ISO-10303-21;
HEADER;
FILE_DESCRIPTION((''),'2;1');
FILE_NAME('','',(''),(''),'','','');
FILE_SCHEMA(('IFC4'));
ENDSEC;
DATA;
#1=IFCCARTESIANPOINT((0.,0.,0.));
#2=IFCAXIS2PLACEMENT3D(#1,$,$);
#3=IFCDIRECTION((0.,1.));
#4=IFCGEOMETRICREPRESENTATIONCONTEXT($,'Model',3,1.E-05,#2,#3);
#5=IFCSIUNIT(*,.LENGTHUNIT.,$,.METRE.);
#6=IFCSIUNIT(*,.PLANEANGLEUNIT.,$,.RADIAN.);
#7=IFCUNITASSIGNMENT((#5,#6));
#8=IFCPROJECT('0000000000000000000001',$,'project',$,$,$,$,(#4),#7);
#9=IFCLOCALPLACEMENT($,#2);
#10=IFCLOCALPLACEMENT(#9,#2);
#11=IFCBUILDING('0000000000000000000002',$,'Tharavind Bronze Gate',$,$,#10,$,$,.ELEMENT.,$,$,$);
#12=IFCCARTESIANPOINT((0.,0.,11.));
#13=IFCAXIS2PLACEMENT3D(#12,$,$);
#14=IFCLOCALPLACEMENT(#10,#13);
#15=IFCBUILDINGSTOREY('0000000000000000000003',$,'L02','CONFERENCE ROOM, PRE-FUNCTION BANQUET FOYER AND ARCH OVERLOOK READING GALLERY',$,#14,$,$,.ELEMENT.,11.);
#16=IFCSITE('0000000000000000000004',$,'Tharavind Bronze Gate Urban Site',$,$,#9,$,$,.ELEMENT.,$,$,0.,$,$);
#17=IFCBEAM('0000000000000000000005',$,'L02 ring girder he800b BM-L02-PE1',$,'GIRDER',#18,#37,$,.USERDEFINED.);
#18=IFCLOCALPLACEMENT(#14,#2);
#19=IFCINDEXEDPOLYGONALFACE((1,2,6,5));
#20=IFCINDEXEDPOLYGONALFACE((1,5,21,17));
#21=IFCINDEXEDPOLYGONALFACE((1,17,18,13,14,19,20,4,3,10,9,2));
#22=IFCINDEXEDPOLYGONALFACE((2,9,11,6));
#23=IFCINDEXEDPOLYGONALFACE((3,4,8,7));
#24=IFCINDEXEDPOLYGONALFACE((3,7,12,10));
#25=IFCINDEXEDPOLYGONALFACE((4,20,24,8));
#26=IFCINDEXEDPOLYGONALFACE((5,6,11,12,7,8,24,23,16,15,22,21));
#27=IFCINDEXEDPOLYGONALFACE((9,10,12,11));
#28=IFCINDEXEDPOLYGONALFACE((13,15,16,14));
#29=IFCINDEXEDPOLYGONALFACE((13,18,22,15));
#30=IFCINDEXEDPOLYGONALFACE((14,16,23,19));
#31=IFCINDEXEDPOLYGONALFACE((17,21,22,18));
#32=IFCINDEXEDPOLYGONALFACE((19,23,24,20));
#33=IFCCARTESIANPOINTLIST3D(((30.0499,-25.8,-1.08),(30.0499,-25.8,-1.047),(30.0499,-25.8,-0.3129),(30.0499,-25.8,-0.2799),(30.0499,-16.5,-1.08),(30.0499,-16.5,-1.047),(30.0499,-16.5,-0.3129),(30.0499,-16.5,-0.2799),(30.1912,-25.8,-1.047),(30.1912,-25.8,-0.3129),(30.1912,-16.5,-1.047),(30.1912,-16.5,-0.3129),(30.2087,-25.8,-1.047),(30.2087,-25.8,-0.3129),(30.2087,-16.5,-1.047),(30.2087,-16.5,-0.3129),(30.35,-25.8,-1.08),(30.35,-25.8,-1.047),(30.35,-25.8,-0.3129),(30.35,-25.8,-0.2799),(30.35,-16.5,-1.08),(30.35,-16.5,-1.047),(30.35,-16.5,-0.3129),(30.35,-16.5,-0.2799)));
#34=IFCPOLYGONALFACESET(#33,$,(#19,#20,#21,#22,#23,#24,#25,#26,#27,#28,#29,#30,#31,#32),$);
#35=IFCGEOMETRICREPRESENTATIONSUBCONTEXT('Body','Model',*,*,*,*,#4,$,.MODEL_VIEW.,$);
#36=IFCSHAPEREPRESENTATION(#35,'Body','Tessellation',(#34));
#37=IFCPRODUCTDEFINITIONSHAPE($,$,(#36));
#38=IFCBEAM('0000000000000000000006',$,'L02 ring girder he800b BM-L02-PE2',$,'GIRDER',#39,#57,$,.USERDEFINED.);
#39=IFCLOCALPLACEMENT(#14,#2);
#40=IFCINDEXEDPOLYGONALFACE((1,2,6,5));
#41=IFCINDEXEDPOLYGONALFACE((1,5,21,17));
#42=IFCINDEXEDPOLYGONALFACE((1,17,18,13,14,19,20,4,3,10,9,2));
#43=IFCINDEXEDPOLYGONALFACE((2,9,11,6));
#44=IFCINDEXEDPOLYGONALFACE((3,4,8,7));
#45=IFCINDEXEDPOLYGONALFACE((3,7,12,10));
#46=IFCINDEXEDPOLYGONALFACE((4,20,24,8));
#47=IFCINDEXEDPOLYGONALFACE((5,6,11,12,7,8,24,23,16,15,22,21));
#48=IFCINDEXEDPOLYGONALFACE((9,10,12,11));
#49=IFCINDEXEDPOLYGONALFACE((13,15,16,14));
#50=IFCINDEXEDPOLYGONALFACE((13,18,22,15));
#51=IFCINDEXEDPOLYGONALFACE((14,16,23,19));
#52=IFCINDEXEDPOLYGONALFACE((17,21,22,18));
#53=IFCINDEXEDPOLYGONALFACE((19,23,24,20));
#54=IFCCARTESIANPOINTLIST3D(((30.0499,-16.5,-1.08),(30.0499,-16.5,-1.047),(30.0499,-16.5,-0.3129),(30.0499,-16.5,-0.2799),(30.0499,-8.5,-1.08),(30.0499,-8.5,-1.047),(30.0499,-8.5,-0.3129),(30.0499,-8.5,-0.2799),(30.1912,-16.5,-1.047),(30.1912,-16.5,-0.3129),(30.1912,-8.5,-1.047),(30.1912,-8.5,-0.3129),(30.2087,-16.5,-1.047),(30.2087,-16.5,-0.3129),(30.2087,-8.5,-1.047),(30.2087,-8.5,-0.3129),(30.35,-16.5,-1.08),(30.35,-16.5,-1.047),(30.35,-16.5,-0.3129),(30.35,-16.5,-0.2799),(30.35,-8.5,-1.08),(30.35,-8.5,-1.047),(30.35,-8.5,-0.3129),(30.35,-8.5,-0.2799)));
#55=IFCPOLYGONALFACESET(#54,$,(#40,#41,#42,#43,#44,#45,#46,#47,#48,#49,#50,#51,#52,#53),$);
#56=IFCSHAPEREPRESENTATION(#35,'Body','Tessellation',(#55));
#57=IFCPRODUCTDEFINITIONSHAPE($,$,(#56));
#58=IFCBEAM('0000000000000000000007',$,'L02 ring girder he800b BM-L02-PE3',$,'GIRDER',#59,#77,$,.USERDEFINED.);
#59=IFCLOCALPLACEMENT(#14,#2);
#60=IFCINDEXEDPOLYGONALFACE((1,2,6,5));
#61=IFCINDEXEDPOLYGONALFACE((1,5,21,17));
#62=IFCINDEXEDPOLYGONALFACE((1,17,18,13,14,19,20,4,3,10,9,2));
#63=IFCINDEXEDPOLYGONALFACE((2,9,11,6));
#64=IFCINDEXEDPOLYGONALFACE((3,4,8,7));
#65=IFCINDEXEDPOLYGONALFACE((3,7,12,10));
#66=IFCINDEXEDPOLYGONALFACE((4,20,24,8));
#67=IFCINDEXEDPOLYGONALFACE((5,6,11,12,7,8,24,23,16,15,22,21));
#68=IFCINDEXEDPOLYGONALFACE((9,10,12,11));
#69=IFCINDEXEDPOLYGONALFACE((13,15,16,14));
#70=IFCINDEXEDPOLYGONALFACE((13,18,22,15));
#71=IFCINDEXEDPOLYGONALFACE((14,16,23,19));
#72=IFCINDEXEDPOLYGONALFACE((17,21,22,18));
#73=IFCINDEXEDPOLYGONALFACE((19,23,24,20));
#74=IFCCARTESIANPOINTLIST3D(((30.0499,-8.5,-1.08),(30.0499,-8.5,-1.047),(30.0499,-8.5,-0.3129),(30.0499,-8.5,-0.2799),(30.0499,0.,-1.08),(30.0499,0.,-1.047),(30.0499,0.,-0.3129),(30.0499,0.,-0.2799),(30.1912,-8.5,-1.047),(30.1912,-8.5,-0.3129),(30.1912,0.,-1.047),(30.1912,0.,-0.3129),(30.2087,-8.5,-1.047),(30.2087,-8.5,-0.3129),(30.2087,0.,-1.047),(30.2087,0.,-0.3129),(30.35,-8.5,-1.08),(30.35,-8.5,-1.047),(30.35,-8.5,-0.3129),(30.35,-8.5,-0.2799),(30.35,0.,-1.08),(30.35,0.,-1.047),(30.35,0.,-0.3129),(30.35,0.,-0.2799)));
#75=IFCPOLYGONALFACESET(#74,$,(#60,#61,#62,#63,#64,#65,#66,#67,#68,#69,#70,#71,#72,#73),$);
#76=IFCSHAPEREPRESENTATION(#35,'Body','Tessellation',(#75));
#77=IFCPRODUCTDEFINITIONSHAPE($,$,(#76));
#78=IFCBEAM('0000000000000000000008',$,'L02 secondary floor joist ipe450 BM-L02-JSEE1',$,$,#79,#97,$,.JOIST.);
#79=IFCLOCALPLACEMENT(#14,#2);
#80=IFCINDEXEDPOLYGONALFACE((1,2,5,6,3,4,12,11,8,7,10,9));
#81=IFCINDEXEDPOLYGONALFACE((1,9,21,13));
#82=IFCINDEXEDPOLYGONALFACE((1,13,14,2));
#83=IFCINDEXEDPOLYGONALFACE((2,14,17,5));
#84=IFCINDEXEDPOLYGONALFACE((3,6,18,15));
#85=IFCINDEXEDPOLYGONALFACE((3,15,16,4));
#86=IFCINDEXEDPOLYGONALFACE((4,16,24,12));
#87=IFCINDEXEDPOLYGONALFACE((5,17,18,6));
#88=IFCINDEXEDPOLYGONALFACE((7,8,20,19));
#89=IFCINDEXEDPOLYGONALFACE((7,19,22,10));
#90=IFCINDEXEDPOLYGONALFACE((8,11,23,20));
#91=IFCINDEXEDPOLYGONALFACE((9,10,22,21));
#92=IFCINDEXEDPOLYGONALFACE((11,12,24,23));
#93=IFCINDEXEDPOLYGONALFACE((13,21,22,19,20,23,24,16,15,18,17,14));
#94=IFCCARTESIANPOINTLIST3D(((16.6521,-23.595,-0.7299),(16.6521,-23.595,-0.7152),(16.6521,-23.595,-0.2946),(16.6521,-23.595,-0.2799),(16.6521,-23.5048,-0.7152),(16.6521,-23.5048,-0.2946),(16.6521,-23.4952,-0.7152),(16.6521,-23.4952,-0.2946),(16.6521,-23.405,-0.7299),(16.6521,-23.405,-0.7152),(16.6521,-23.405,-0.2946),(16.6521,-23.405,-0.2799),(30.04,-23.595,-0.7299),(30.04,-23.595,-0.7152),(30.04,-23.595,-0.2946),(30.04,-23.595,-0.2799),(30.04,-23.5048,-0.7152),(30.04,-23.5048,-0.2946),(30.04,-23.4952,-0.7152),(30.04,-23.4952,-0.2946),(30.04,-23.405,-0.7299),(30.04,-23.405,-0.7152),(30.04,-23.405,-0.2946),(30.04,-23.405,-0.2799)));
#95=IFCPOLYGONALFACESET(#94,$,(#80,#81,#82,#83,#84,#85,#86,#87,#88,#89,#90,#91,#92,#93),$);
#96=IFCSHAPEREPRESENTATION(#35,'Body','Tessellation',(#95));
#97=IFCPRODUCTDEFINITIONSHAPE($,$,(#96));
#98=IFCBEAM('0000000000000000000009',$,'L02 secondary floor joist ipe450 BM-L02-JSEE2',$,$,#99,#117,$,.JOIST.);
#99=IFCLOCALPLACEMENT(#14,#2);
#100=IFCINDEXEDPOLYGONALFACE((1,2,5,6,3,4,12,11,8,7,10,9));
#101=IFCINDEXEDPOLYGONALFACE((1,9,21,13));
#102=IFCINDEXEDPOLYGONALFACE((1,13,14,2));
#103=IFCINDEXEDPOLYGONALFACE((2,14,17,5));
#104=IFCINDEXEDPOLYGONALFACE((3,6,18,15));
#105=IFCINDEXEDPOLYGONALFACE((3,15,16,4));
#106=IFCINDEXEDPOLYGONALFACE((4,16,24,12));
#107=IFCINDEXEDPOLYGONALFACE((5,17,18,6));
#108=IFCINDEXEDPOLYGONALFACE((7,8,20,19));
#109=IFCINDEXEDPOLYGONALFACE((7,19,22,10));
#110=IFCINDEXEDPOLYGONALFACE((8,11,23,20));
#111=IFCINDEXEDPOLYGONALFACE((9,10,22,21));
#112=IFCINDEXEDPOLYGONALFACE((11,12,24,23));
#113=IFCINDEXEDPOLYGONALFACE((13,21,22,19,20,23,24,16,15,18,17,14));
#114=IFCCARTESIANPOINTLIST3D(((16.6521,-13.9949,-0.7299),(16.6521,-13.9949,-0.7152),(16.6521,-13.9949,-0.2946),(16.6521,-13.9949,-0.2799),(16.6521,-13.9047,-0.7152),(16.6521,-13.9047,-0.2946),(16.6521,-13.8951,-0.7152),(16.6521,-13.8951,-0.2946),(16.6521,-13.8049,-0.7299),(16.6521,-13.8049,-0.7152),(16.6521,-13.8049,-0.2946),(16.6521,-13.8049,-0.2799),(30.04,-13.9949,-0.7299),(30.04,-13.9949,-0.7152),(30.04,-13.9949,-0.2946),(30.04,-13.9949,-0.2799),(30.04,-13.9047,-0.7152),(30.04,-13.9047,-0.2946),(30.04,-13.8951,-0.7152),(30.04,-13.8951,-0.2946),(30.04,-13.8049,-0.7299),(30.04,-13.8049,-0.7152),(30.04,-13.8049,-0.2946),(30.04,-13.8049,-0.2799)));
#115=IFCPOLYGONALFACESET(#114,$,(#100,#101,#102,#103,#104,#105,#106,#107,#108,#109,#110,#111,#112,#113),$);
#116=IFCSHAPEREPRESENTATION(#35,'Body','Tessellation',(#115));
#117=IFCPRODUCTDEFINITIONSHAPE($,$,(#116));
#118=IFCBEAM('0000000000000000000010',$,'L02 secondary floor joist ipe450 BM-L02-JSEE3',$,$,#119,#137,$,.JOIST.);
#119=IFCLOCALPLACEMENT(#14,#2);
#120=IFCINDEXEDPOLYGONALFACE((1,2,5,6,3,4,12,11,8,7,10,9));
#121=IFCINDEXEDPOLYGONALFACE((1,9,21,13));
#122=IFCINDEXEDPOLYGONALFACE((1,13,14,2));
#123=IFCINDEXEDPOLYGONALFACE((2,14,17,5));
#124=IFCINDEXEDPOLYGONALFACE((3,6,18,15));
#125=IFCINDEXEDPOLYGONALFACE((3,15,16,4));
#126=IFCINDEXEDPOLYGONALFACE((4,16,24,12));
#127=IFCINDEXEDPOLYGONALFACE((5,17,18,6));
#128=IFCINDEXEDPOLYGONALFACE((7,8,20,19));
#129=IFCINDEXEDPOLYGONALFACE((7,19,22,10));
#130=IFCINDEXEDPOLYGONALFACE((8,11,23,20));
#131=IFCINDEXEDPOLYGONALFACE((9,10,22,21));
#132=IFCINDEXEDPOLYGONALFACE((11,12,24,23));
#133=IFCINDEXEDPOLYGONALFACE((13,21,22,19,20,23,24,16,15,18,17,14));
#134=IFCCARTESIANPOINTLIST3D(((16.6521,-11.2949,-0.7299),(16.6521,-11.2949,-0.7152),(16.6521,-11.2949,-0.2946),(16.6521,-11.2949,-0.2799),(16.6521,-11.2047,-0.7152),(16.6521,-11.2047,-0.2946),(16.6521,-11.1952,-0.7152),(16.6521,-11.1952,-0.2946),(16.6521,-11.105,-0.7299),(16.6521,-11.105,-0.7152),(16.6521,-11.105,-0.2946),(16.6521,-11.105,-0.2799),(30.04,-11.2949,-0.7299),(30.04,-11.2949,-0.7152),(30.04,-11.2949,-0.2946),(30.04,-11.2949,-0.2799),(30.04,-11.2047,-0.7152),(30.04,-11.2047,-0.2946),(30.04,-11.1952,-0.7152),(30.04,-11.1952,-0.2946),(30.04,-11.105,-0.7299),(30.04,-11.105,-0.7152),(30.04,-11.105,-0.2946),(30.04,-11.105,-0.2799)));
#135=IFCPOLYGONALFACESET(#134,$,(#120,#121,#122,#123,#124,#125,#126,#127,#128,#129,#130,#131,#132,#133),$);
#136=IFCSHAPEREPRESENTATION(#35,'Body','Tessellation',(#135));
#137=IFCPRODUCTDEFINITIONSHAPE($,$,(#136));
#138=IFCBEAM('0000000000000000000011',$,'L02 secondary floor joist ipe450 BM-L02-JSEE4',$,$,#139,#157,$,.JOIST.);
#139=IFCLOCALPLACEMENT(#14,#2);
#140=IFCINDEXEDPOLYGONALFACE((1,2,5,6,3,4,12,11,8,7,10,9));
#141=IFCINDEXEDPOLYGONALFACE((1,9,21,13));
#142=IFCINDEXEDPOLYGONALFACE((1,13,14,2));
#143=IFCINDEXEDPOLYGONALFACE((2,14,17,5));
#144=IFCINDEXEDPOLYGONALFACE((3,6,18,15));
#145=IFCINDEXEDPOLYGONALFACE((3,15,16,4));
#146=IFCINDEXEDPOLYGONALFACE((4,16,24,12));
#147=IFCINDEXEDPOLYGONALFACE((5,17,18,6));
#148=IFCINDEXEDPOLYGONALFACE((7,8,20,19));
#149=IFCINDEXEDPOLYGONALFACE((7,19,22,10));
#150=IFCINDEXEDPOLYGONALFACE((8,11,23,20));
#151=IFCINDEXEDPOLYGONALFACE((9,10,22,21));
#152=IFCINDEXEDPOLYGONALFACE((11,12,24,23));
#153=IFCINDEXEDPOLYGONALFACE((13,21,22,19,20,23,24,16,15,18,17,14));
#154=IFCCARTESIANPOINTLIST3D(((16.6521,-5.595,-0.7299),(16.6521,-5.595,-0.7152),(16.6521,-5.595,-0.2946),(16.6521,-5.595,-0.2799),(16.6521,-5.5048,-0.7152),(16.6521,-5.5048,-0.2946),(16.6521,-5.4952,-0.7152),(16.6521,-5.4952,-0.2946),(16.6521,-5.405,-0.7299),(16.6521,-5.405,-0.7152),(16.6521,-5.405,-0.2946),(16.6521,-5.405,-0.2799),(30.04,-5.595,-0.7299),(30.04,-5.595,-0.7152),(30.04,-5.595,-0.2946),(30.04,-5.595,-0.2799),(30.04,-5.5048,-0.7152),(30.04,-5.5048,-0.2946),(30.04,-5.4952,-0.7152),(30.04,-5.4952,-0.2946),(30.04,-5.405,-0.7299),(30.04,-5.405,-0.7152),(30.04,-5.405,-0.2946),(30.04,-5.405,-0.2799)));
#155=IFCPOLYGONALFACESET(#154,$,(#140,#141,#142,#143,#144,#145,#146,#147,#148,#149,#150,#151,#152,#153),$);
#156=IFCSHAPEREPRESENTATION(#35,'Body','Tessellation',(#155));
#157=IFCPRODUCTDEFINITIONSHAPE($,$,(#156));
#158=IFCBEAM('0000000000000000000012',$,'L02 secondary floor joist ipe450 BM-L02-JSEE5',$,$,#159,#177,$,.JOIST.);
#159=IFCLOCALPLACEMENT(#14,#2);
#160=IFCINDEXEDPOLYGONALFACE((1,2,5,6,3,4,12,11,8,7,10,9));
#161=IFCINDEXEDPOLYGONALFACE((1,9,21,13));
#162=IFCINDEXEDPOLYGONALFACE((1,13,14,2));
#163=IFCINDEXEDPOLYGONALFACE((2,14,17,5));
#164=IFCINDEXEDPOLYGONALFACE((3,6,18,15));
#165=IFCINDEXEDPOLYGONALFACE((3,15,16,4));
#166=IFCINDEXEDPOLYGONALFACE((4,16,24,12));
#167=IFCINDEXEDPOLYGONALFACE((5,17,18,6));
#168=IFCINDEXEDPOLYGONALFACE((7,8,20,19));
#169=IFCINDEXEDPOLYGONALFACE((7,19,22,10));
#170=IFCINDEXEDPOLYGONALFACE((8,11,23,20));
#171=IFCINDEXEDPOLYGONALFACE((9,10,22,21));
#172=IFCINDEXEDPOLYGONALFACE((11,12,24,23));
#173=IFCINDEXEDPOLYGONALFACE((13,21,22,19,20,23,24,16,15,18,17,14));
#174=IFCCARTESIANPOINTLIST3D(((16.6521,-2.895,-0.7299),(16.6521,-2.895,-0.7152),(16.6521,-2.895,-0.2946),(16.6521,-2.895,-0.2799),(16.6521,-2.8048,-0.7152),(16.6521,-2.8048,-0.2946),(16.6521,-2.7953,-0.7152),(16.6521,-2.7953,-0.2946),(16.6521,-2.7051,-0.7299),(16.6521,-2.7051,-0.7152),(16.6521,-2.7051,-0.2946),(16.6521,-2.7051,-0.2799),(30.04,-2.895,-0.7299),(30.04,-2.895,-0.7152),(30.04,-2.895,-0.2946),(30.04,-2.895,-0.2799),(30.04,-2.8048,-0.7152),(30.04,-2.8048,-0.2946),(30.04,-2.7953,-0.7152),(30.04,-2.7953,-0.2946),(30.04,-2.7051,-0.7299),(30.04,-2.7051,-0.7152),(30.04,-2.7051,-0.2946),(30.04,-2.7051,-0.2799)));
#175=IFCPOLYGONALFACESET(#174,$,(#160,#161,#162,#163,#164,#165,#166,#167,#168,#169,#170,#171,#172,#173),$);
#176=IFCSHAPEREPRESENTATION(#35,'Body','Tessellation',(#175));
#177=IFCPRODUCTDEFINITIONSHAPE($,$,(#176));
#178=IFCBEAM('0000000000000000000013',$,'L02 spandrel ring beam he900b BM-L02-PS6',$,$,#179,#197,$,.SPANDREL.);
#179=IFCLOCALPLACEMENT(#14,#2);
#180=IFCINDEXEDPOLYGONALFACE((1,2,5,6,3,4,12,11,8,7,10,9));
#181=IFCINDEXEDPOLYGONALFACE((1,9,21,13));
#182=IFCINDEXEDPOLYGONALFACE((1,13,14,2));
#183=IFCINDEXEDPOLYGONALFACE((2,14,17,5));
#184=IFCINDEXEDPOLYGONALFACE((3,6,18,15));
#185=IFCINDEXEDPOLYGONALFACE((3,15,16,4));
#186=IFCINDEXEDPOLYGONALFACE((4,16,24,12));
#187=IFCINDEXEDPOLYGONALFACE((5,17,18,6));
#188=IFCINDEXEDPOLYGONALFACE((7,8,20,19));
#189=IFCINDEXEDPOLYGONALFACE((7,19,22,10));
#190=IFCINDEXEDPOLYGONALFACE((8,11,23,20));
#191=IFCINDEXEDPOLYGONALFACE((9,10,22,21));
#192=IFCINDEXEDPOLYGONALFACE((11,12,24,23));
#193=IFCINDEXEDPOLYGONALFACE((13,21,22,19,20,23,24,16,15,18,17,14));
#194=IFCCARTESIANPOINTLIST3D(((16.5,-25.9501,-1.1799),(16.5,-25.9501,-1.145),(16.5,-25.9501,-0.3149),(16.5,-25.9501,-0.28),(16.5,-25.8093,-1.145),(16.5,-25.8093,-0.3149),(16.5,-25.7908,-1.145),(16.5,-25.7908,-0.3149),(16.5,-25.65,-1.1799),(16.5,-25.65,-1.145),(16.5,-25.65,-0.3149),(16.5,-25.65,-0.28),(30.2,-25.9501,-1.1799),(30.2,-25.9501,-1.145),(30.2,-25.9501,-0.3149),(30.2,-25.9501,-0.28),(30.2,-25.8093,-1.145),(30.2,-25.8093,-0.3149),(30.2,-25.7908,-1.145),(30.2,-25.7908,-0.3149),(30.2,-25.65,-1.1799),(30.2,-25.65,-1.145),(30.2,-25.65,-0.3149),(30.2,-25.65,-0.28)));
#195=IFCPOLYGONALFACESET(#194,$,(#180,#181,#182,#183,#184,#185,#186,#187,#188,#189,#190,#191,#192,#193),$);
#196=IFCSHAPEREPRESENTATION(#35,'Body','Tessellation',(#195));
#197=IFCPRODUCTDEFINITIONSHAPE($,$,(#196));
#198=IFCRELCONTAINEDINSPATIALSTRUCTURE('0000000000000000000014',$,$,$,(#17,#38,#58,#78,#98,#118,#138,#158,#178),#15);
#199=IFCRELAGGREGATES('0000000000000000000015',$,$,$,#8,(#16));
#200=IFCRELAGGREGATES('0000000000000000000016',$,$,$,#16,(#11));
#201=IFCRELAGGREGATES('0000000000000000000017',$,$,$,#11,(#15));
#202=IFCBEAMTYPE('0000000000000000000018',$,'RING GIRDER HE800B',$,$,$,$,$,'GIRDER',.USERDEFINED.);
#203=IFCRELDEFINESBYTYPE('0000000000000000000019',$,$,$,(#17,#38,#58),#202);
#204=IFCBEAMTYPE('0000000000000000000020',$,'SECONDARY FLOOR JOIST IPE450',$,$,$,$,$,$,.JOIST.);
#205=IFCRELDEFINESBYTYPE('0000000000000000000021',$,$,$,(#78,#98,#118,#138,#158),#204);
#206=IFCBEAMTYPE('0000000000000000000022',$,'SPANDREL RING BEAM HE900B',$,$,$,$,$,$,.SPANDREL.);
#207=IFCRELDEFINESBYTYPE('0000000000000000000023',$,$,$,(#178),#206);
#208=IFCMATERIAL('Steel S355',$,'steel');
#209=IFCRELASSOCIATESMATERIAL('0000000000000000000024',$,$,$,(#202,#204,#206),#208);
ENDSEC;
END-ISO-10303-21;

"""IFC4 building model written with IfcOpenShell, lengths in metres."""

from ifc_helpers import new_model, si_unit, direction, frame, origin, origin_2d, place, context, subcontext, project, spatial, i_section, extrude, material, material_profile, profile_set, type_object, element, save


model = new_model("IFC4")

# Units and contexts
model_context = context("Model", 3, precision=1e-05, world=origin(), true_north=direction((0.0, 1.0)))
body_context = subcontext(model_context, "Body", "Model", "MODEL_VIEW")
ifc_project = project(units=[si_unit("LENGTHUNIT", "METRE"), si_unit("PLANEANGLEUNIT", "RADIAN")], contexts=[model_context])

# Site, building, storey
site_placement = place(None, origin())
site = spatial("IfcSite", under=ifc_project, at=site_placement, Name="Tharavind Bronze Gate Urban Site", CompositionType="ELEMENT", RefElevation=0.0)
building_placement = place(site_placement, origin())
building = spatial("IfcBuilding", under=site, at=building_placement, Name="Tharavind Bronze Gate", CompositionType="ELEMENT")
storey_placement = place(building_placement, frame((0.0, 0.0, 11.0)))
storey = spatial("IfcBuildingStorey", under=building, at=storey_placement, Name="L02", Description="CONFERENCE ROOM, PRE-FUNCTION BANQUET FOYER AND ARCH OVERLOOK READING GALLERY", CompositionType="ELEMENT", Elevation=11.0)

# Beams
ifc_material_1 = material(Name="Steel S355", Category="steel")
ifc_material_profile_1 = material_profile(ifc_material_1, i_section(OverallWidth=0.3, OverallDepth=0.8, WebThickness=0.0176, FlangeThickness=0.033, at=origin_2d()), Name="HE800B")
ifc_profile_set_1 = profile_set([ifc_material_profile_1], Name="Steel S355")
beam_type_1 = type_object("IfcBeamType", Name="RING GIRDER HE800B", ElementType="GIRDER", PredefinedType="USERDEFINED", material=ifc_profile_set_1)
beam_1_placement = place(storey_placement, frame((30.2, -25.8, -0.6799), z_axis=(0.0, 1.0, 0.0), x_axis=(-1.0, 0.0, 0.0)))
element("IfcBeam", 1, at=beam_1_placement, inside=storey, type_object=beam_type_1, Name="L02 ring girder he800b BM-L02-PE1", ObjectType="GIRDER", PredefinedType="USERDEFINED", context=body_context, shape_type="SweptSolid", body=[
    extrude(i_section(OverallWidth=0.3, OverallDepth=0.8, WebThickness=0.0176, FlangeThickness=0.033, at=origin_2d()), origin(), (0.0, 0.0, 1.0), 9.3),
])
beam_2_placement = place(storey_placement, frame((30.2, -16.5, -0.6799), z_axis=(0.0, 1.0, 0.0), x_axis=(-1.0, 0.0, 0.0)))
element("IfcBeam", 2, at=beam_2_placement, inside=storey, type_object=beam_type_1, Name="L02 ring girder he800b BM-L02-PE2", ObjectType="GIRDER", PredefinedType="USERDEFINED", context=body_context, shape_type="SweptSolid", body=[
    extrude(i_section(OverallWidth=0.3, OverallDepth=0.8, WebThickness=0.0176, FlangeThickness=0.033, at=origin_2d()), origin(), (0.0, 0.0, 1.0), 8.0),
])
beam_3_placement = place(storey_placement, frame((30.2, -8.5, -0.6799), z_axis=(0.0, 1.0, 0.0), x_axis=(-1.0, 0.0, 0.0)))
element("IfcBeam", 3, at=beam_3_placement, inside=storey, type_object=beam_type_1, Name="L02 ring girder he800b BM-L02-PE3", ObjectType="GIRDER", PredefinedType="USERDEFINED", context=body_context, shape_type="SweptSolid", body=[
    extrude(i_section(OverallWidth=0.3, OverallDepth=0.8, WebThickness=0.0176, FlangeThickness=0.033, at=origin_2d()), origin(), (0.0, 0.0, 1.0), 8.5),
])
ifc_material_profile_2 = material_profile(ifc_material_1, i_section(OverallWidth=0.1899, OverallDepth=0.45, WebThickness=0.0095, FlangeThickness=0.0146, at=origin_2d()), Name="IPE450")
ifc_profile_set_2 = profile_set([ifc_material_profile_2], Name="Steel S355")
beam_type_2 = type_object("IfcBeamType", Name="SECONDARY FLOOR JOIST IPE450", PredefinedType="JOIST", material=ifc_profile_set_2)
for number, where, z_axis, x_axis, name in (
    (4, (16.6521, -23.5, -0.5049), (1.0, 0.0, 0.0), (0.0, 1.0, 0.0), "L02 secondary floor joist ipe450 BM-L02-JSEE1"),
    (5, (16.6521, -13.8999, -0.5049), (1.0, 0.0, 0.0), (0.0, 1.0, 0.0), "L02 secondary floor joist ipe450 BM-L02-JSEE2"),
    (6, (16.6521, -11.2, -0.5049), (1.0, 0.0, 0.0), (0.0, 1.0, 0.0), "L02 secondary floor joist ipe450 BM-L02-JSEE3"),
    (7, (16.6521, -5.5, -0.5049), (1.0, 0.0, 0.0), (0.0, 1.0, 0.0), "L02 secondary floor joist ipe450 BM-L02-JSEE4"),
    (8, (16.6521, -2.8, -0.5049), (1.0, 0.0, 0.0), (0.0, 1.0, 0.0), "L02 secondary floor joist ipe450 BM-L02-JSEE5"),
):
    element("IfcBeam", number, at=place(storey_placement, frame(where, z_axis=z_axis, x_axis=x_axis)), inside=storey, type_object=beam_type_2, Name=name, PredefinedType="JOIST", context=body_context, shape_type="SweptSolid", body=[
        extrude(i_section(OverallWidth=0.1899, OverallDepth=0.45, WebThickness=0.0095, FlangeThickness=0.0146, at=origin_2d()), origin(), (0.0, 0.0, 1.0), 13.3879),
    ])
ifc_material_profile_3 = material_profile(ifc_material_1, i_section(OverallWidth=0.3, OverallDepth=0.8999, WebThickness=0.0186, FlangeThickness=0.0349, at=origin_2d()), Name="HE900B")
ifc_profile_set_3 = profile_set([ifc_material_profile_3], Name="Steel S355")
beam_type_3 = type_object("IfcBeamType", Name="SPANDREL RING BEAM HE900B", PredefinedType="SPANDREL", material=ifc_profile_set_3)
beam_4_placement = place(storey_placement, frame((16.5, -25.8, -0.73), z_axis=(1.0, 0.0, 0.0), x_axis=(0.0, 1.0, 0.0)))
element("IfcBeam", 9, at=beam_4_placement, inside=storey, type_object=beam_type_3, Name="L02 spandrel ring beam he900b BM-L02-PS6", PredefinedType="SPANDREL", context=body_context, shape_type="SweptSolid", body=[
    extrude(i_section(OverallWidth=0.3, OverallDepth=0.8999, WebThickness=0.0186, FlangeThickness=0.0349, at=origin_2d()), origin(), (0.0, 0.0, 1.0), 13.7),
])

save(model, "model.ifc")
